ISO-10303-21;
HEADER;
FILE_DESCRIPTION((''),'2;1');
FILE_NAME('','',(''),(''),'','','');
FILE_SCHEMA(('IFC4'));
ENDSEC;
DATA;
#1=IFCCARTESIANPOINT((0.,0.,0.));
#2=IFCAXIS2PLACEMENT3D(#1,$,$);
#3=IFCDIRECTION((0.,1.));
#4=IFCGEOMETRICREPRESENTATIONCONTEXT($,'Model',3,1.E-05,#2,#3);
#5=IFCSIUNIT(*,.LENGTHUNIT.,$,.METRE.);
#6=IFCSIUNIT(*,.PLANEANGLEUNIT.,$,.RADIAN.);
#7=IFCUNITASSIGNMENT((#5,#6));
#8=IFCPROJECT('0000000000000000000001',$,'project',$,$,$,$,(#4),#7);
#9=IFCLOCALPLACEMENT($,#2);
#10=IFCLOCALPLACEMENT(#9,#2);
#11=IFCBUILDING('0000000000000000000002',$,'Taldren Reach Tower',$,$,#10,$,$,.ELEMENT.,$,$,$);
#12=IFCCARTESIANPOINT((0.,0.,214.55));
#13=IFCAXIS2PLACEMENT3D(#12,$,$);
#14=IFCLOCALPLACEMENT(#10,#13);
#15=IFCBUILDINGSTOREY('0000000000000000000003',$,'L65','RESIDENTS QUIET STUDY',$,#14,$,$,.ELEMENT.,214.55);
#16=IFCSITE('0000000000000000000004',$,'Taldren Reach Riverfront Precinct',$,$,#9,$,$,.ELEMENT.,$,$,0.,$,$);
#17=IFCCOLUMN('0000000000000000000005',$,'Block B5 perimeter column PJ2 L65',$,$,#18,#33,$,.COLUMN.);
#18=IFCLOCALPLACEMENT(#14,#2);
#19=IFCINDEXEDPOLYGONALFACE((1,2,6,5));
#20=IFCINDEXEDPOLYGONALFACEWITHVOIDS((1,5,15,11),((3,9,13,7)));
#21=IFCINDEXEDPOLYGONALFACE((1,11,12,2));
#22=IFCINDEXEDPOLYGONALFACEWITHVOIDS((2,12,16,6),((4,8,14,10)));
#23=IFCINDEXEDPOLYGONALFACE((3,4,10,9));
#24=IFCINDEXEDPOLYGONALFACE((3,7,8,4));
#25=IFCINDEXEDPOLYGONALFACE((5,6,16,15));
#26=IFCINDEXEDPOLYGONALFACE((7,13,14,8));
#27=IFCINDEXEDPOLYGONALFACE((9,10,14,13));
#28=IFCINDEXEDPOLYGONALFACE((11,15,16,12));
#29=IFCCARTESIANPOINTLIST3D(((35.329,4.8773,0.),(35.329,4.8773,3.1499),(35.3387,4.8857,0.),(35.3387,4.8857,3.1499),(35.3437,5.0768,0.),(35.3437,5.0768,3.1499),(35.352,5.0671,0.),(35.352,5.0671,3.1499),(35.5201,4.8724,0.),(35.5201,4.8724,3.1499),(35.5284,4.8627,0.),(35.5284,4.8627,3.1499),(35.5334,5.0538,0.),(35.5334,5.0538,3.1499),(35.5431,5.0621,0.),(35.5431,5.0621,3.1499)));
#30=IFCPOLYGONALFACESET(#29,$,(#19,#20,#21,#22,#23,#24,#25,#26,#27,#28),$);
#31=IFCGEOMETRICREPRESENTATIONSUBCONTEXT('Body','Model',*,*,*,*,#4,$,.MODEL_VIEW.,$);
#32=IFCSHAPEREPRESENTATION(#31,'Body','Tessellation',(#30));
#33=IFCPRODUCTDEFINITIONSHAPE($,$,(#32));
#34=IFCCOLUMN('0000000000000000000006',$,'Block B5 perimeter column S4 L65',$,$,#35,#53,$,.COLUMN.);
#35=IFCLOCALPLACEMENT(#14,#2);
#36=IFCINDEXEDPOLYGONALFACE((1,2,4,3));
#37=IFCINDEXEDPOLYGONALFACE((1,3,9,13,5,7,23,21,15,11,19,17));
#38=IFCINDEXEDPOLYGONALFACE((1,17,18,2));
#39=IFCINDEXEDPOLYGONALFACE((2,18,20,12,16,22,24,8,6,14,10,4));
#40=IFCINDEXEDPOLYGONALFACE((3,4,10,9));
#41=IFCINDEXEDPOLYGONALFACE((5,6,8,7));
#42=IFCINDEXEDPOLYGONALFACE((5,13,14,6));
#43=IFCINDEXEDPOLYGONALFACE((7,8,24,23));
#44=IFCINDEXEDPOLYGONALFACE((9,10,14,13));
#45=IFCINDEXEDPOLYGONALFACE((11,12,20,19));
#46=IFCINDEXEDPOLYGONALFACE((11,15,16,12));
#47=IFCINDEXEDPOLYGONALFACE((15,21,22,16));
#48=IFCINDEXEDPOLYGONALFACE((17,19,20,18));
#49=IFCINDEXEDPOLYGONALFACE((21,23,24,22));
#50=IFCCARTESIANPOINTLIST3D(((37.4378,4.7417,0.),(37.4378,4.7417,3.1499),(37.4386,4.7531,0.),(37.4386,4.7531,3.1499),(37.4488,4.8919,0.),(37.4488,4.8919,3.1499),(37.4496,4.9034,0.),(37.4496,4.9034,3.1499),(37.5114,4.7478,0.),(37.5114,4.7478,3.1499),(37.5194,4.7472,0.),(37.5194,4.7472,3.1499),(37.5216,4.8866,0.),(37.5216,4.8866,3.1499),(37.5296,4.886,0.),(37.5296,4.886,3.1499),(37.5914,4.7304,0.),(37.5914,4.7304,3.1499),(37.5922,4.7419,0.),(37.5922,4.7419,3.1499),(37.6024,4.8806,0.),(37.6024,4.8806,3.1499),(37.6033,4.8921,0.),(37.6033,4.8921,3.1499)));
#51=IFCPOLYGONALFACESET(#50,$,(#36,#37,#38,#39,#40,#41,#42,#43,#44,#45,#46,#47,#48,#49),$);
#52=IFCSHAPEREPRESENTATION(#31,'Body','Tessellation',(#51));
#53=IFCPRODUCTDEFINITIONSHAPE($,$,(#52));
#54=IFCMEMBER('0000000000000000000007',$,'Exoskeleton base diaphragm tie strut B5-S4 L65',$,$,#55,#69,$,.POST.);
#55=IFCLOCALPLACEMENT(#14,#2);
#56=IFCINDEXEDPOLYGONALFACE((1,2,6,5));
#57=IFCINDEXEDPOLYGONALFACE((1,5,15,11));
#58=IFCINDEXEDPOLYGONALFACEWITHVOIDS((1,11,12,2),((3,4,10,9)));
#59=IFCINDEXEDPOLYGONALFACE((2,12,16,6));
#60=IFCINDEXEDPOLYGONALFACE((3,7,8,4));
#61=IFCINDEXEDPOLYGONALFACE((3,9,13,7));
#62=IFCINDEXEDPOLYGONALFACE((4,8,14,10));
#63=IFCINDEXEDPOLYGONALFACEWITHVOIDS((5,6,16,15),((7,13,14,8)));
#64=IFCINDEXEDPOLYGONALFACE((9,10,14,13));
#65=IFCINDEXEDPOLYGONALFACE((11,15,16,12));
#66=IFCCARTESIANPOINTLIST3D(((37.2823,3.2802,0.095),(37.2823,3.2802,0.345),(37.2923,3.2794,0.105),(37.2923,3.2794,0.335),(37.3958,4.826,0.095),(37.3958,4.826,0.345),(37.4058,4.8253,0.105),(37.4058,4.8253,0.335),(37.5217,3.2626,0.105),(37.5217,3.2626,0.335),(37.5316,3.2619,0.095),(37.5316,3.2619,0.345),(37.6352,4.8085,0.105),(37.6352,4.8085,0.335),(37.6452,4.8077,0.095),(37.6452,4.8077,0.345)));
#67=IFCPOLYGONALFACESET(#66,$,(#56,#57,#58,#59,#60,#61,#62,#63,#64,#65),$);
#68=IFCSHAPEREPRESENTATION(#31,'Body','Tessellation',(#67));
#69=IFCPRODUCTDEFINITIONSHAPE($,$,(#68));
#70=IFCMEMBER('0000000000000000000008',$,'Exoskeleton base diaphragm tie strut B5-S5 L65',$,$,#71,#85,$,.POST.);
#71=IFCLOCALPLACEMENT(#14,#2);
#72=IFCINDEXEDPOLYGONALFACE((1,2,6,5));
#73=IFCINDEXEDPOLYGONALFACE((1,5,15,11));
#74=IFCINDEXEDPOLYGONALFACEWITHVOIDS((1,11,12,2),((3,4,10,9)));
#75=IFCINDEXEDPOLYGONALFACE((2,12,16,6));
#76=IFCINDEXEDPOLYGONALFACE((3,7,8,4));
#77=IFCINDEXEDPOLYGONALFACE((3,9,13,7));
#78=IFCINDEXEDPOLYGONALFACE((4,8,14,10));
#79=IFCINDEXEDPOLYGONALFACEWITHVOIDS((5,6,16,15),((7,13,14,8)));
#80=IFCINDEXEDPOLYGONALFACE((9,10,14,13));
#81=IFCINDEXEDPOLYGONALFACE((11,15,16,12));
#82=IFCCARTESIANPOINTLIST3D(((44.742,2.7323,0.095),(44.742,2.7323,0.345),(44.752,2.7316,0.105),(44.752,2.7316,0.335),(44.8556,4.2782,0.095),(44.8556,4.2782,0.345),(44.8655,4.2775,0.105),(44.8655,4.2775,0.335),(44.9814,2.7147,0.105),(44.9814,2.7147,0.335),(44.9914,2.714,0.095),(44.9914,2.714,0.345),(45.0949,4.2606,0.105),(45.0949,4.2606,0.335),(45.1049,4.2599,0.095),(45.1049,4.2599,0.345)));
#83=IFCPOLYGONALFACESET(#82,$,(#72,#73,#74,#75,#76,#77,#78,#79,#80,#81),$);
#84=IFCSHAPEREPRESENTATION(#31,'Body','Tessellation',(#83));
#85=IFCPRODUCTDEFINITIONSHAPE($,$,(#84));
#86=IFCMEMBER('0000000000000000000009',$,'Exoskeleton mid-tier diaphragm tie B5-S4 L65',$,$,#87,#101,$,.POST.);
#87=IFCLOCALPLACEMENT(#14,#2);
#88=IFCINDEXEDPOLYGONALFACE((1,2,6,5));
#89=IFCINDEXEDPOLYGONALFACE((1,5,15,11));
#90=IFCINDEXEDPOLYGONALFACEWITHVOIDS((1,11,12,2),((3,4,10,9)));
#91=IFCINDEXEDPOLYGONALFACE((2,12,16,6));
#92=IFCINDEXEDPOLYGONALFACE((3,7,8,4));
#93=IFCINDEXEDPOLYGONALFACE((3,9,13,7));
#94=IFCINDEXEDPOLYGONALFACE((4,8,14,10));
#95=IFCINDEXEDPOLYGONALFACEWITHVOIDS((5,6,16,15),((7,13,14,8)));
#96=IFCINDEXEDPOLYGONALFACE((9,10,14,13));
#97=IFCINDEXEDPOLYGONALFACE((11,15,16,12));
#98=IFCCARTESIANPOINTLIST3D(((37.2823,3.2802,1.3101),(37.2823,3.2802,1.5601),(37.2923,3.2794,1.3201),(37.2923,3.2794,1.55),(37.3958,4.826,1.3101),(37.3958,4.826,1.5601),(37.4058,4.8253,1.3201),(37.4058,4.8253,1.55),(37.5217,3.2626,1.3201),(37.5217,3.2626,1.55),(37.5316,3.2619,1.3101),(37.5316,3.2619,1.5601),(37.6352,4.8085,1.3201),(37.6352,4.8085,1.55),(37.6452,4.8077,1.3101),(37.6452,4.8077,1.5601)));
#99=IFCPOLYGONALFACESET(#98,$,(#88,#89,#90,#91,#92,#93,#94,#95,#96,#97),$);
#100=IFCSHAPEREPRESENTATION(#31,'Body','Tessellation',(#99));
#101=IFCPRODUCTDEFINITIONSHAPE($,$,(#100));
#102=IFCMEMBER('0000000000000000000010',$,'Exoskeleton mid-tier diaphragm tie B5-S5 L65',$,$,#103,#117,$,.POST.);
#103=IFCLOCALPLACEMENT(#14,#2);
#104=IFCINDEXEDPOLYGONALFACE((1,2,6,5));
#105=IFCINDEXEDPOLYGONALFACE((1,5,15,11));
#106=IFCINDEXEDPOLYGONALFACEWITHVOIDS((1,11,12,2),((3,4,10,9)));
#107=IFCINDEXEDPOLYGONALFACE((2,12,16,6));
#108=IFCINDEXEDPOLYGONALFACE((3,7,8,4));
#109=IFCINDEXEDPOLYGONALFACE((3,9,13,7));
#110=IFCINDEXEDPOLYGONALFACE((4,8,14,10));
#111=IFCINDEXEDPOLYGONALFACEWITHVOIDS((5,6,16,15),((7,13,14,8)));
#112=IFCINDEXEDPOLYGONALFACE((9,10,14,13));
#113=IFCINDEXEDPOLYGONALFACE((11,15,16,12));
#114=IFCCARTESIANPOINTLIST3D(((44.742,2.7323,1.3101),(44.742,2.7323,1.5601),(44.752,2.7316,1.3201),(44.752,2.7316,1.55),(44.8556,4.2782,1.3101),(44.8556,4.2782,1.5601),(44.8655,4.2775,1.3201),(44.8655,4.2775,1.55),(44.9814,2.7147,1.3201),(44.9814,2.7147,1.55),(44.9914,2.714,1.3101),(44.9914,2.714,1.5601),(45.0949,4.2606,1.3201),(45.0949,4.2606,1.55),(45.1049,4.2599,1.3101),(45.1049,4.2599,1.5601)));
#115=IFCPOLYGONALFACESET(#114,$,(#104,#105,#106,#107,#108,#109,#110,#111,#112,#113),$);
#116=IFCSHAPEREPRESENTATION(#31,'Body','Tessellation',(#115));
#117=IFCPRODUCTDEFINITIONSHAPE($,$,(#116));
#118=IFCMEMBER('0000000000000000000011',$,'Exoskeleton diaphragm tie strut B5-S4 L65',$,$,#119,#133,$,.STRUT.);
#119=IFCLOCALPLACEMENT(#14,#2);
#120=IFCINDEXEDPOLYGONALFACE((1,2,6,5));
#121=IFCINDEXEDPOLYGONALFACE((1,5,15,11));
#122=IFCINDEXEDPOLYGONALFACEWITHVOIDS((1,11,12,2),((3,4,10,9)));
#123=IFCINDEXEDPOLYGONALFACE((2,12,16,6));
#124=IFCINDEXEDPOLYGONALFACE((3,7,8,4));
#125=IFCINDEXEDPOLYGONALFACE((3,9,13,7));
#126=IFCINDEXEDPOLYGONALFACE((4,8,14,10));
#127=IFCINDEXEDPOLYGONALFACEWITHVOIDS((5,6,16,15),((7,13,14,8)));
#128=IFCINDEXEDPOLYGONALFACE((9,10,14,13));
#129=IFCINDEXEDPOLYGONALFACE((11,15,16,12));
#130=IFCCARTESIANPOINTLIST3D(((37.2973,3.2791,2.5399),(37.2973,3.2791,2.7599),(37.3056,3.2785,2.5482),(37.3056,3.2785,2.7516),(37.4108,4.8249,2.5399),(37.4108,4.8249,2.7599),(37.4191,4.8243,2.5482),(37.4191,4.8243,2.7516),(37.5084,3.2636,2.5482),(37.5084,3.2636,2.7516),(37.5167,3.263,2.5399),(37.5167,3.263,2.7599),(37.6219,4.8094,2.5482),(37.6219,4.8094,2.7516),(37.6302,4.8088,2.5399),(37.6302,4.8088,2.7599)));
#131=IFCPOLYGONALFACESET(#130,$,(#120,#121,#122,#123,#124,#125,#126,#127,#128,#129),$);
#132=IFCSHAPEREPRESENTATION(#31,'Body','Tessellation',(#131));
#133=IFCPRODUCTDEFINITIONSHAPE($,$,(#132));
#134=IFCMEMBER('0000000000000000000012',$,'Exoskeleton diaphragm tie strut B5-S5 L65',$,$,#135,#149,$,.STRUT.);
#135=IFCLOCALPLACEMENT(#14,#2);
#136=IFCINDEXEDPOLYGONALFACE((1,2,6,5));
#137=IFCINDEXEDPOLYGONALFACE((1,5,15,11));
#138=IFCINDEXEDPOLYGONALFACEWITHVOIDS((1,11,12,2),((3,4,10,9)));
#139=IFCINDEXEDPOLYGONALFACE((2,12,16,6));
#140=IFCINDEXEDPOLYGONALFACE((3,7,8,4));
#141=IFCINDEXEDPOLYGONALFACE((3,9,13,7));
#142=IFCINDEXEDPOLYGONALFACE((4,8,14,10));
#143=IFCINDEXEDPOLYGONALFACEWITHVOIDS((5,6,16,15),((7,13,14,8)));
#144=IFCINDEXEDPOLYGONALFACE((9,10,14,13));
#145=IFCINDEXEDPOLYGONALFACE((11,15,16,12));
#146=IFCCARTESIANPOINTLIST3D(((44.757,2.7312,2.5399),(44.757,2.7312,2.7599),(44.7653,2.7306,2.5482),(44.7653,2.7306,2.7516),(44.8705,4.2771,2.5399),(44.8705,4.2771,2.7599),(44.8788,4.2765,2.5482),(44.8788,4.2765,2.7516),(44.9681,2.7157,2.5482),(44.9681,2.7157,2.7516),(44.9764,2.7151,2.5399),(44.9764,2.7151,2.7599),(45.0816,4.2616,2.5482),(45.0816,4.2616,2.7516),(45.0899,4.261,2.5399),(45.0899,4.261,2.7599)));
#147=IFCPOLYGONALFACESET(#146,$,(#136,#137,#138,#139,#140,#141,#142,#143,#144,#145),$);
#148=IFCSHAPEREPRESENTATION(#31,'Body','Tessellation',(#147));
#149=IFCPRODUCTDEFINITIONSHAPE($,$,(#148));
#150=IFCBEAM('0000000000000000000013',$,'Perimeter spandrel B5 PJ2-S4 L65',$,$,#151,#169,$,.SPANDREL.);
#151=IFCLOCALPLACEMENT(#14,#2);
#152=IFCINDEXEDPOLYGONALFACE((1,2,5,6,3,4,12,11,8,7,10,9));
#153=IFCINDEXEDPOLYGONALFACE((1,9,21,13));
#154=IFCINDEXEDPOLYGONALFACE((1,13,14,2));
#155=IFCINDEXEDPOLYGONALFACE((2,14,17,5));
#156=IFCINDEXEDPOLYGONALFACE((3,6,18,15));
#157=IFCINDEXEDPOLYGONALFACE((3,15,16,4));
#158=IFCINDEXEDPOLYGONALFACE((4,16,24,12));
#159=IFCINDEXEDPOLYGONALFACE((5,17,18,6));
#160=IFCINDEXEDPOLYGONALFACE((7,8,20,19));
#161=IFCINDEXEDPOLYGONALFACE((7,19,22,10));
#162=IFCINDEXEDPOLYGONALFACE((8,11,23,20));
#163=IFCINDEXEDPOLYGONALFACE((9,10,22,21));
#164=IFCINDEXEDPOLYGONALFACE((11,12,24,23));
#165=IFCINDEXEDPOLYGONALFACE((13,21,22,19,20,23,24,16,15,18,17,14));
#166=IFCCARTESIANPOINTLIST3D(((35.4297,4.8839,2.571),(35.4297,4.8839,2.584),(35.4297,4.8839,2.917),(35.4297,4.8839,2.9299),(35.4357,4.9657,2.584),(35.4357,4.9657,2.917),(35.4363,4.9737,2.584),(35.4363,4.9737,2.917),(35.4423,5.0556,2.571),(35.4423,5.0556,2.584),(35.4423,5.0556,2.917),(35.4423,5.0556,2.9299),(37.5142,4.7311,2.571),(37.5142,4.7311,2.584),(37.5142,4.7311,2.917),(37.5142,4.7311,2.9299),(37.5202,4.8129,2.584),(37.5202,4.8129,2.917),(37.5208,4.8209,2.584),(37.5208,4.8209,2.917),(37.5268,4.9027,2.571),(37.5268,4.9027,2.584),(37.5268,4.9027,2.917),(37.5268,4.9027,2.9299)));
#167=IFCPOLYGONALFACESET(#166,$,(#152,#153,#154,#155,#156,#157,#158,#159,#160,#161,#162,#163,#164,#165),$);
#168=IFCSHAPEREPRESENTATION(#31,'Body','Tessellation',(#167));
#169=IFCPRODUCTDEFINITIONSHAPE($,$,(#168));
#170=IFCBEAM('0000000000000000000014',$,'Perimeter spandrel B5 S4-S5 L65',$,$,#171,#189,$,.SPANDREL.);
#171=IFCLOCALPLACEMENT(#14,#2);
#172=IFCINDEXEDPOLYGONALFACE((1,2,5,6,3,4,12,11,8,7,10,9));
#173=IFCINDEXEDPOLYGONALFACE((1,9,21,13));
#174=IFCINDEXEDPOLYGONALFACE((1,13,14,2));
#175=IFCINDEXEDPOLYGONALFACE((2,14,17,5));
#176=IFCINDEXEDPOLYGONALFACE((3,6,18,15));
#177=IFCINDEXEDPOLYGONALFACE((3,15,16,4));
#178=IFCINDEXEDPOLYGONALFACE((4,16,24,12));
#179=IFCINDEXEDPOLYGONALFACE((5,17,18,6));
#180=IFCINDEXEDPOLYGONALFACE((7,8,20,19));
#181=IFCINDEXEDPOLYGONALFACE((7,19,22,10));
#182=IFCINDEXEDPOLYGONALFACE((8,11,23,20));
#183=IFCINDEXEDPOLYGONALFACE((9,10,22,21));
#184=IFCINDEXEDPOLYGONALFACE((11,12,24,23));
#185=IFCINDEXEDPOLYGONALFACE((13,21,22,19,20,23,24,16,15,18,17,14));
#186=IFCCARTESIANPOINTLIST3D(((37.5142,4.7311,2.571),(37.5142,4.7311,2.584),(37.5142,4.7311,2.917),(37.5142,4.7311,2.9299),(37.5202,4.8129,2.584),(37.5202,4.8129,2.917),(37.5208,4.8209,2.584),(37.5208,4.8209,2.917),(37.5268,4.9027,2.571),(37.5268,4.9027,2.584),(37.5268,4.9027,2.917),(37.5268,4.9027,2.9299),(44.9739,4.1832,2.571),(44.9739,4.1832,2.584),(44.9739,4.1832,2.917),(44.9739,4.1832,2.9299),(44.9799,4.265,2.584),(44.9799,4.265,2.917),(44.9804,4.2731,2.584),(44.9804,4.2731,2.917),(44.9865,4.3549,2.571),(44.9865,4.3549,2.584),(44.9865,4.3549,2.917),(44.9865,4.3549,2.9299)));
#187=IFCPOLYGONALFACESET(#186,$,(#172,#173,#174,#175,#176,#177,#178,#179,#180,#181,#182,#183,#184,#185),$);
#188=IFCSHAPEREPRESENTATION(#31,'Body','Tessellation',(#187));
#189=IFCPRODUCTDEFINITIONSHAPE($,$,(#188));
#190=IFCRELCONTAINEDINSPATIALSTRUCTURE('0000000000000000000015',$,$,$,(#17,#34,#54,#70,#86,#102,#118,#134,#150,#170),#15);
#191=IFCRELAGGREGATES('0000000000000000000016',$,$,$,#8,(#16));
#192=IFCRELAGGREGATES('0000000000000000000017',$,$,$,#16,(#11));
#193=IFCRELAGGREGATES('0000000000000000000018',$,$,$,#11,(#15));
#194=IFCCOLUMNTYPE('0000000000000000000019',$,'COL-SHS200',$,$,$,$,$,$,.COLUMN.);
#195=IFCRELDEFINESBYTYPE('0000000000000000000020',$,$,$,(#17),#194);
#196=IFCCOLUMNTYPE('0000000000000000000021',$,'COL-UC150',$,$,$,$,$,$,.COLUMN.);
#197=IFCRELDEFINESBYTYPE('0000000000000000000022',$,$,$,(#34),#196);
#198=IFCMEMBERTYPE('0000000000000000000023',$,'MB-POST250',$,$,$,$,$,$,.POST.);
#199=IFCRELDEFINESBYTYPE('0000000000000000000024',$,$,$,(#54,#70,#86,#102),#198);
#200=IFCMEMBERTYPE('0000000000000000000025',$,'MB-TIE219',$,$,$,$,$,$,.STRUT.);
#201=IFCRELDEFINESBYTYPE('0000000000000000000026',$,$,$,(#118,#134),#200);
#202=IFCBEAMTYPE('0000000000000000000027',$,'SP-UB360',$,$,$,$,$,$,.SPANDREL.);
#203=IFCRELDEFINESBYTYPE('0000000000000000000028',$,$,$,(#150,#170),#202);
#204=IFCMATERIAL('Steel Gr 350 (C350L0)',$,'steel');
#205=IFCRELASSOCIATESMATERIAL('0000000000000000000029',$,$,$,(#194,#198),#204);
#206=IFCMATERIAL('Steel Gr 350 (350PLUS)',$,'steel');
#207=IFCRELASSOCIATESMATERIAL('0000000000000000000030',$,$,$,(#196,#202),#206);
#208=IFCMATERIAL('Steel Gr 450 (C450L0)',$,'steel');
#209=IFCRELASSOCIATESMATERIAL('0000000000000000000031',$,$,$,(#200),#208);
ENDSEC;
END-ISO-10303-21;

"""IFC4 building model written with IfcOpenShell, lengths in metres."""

from ifc_helpers import new_model, si_unit, direction, frame, origin, origin_2d, place, context, subcontext, project, spatial, hollow_rectangle, i_section, extrude, source, transform, mapped, material, material_profile, profile_set, type_object, element, save


model = new_model("IFC4")

# Units and contexts
model_context = context("Model", 3, precision=1e-05, world=origin(), true_north=direction((0.0, 1.0)))
body_context = subcontext(model_context, "Body", "Model", "MODEL_VIEW")
ifc_project = project(units=[si_unit("LENGTHUNIT", "METRE"), si_unit("PLANEANGLEUNIT", "RADIAN")], contexts=[model_context])

# Site, building, storey
site_placement = place(None, origin())
site = spatial("IfcSite", under=ifc_project, at=site_placement, Name="Taldren Reach Riverfront Precinct", CompositionType="ELEMENT", RefElevation=0.0)
building_placement = place(site_placement, origin())
building = spatial("IfcBuilding", under=site, at=building_placement, Name="Taldren Reach Tower", CompositionType="ELEMENT")
storey_placement = place(building_placement, frame((0.0, 0.0, 214.55)))
storey = spatial("IfcBuildingStorey", under=building, at=storey_placement, Name="L65", Description="RESIDENTS QUIET STUDY", CompositionType="ELEMENT", Elevation=214.55)

# Columns
ifc_material_1 = material(Name="Steel Gr 350 (C350L0)", Category="steel")
ifc_material_profile_1 = material_profile(ifc_material_1, hollow_rectangle(XDim=0.2, YDim=0.2, WallThickness=0.009, at=origin_2d()), Name="200x200x9.0SHS")
ifc_profile_set_1 = profile_set([ifc_material_profile_1], Name="Steel Gr 350 (C350L0)")
column_type_1 = type_object("IfcColumnType", Name="COL-SHS200", PredefinedType="COLUMN", material=ifc_profile_set_1)
shared_shape_1 = source(origin(), body_context, "Body", "SweptSolid", [
    extrude(hollow_rectangle(XDim=0.2, YDim=0.2, WallThickness=0.009, at=origin_2d()), origin(), (0.0, 0.0, 1.0), 3.1499),
])
column_1_placement = place(storey_placement, frame((35.436, 4.9697, 0.0), z_axis=(0.0, 0.0, 1.0), x_axis=(0.997314, -0.073238, 0.0)))
element("IfcColumn", 1, at=column_1_placement, inside=storey, type_object=column_type_1, Name="Block B5 perimeter column PJ2 L65", PredefinedType="COLUMN", context=body_context, shape_type="MappedRepresentation", body=[
    mapped(shared_shape_1, transform((0.0, 0.0, 0.0), scale=1.0)),
])
ifc_material_2 = material(Name="Steel Gr 350 (350PLUS)", Category="steel")
ifc_material_profile_2 = material_profile(ifc_material_2, i_section(OverallWidth=0.1541, OverallDepth=0.1621, WebThickness=0.0081, FlangeThickness=0.0115, at=origin_2d()), Name="150UC37.2")
ifc_profile_set_2 = profile_set([ifc_material_profile_2], Name="Steel Gr 350 (350PLUS)")
column_type_2 = type_object("IfcColumnType", Name="COL-UC150", PredefinedType="COLUMN", material=ifc_profile_set_2)
shared_shape_2 = source(origin(), body_context, "Body", "SweptSolid", [
    extrude(i_section(OverallWidth=0.1541, OverallDepth=0.1621, WebThickness=0.0081, FlangeThickness=0.0115, at=origin_2d()), origin(), (0.0, 0.0, 1.0), 3.1499),
])
column_2_placement = place(storey_placement, frame((37.5205, 4.8169, 0.0), z_axis=(0.0, 0.0, 1.0), x_axis=(0.997314, -0.073238, 0.0)))
element("IfcColumn", 2, at=column_2_placement, inside=storey, type_object=column_type_2, Name="Block B5 perimeter column S4 L65", PredefinedType="COLUMN", context=body_context, shape_type="MappedRepresentation", body=[
    mapped(shared_shape_2, transform((0.0, 0.0, 0.0), scale=1.0)),
])

# Members
ifc_material_profile_3 = material_profile(ifc_material_1, hollow_rectangle(XDim=0.25, YDim=0.25, WallThickness=0.01, at=origin_2d()), Name="250x250x10.0SHS")
ifc_profile_set_3 = profile_set([ifc_material_profile_3], Name="Steel Gr 350 (C350L0)")
member_type_1 = type_object("IfcMemberType", Name="MB-POST250", PredefinedType="POST", material=ifc_profile_set_3)
shared_shape_3 = source(origin(), body_context, "Body", "SweptSolid", [
    extrude(hollow_rectangle(XDim=0.25, YDim=0.25, WallThickness=0.01, at=origin_2d()), origin(), (0.0, 0.0, 1.0), 1.55),
])
for number, where, z_axis, x_axis, name in (
    (3, (37.5205, 4.8169, 0.22), (-0.073239, -0.997314, 0.0), (0.997314, -0.073239, 0.0), "Exoskeleton base diaphragm tie strut B5-S4 L65"),
    (4, (44.9802, 4.269, 0.22), (-0.073239, -0.997314, 0.0), (0.997314, -0.073239, 0.0), "Exoskeleton base diaphragm tie strut B5-S5 L65"),
    (5, (37.5205, 4.8169, 1.4351), (-0.073239, -0.997314, 0.0), (0.997314, -0.073239, 0.0), "Exoskeleton mid-tier diaphragm tie B5-S4 L65"),
    (6, (44.9802, 4.269, 1.4351), (-0.073239, -0.997314, 0.0), (0.997314, -0.073239, 0.0), "Exoskeleton mid-tier diaphragm tie B5-S5 L65"),
):
    element("IfcMember", number, at=place(storey_placement, frame(where, z_axis=z_axis, x_axis=x_axis)), inside=storey, type_object=member_type_1, Name=name, PredefinedType="POST", context=body_context, shape_type="MappedRepresentation", body=[
        mapped(shared_shape_3, transform((0.0, 0.0, 0.0), scale=1.0)),
    ])
ifc_material_3 = material(Name="Steel Gr 450 (C450L0)", Category="steel")
ifc_material_profile_4 = material_profile(ifc_material_3, hollow_rectangle(XDim=0.22, YDim=0.22, WallThickness=0.0083, at=origin_2d()), Name="220x220x8.2SHS")
ifc_profile_set_4 = profile_set([ifc_material_profile_4], Name="Steel Gr 450 (C450L0)")
member_type_2 = type_object("IfcMemberType", Name="MB-TIE219", PredefinedType="STRUT", material=ifc_profile_set_4)
shared_shape_4 = source(origin(), body_context, "Body", "SweptSolid", [
    extrude(hollow_rectangle(XDim=0.22, YDim=0.22, WallThickness=0.0083, at=origin_2d()), origin(), (0.0, 0.0, 1.0), 1.55),
])
for number, where, z_axis, x_axis, name in (
    (7, (37.5205, 4.8169, 2.6499), (-0.073239, -0.997314, 0.0), (0.997314, -0.073239, 0.0), "Exoskeleton diaphragm tie strut B5-S4 L65"),
    (8, (44.9802, 4.269, 2.6499), (-0.073239, -0.997314, 0.0), (0.997314, -0.073239, 0.0), "Exoskeleton diaphragm tie strut B5-S5 L65"),
):
    element("IfcMember", number, at=place(storey_placement, frame(where, z_axis=z_axis, x_axis=x_axis)), inside=storey, type_object=member_type_2, Name=name, PredefinedType="STRUT", context=body_context, shape_type="MappedRepresentation", body=[
        mapped(shared_shape_4, transform((0.0, 0.0, 0.0), scale=1.0)),
    ])

# Beams
ifc_material_profile_5 = material_profile(ifc_material_2, i_section(OverallWidth=0.1721, OverallDepth=0.3589, WebThickness=0.0081, FlangeThickness=0.0129, at=origin_2d()), Name="360UB56.7")
ifc_profile_set_5 = profile_set([ifc_material_profile_5], Name="Steel Gr 350 (350PLUS)")
beam_type_1 = type_object("IfcBeamType", Name="SP-UB360", PredefinedType="SPANDREL", material=ifc_profile_set_5)
shared_shape_5 = source(origin(), body_context, "Body", "SweptSolid", [
    extrude(i_section(OverallWidth=0.1721, OverallDepth=0.3589, WebThickness=0.0081, FlangeThickness=0.0129, at=origin_2d()), origin(), (0.0, 0.0, 1.0), 2.0901),
])
beam_1_placement = place(storey_placement, frame((35.436, 4.9697, 2.7505), z_axis=(0.997323, -0.073123, 0.0), x_axis=(0.073123, 0.997323, 0.0)))
element("IfcBeam", 9, at=beam_1_placement, inside=storey, type_object=beam_type_1, Name="Perimeter spandrel B5 PJ2-S4 L65", PredefinedType="SPANDREL", context=body_context, shape_type="MappedRepresentation", body=[
    mapped(shared_shape_5, transform((0.0, 0.0, 0.0), scale=1.0)),
])
shared_shape_6 = source(origin(), body_context, "Body", "SweptSolid", [
    extrude(i_section(OverallWidth=0.1721, OverallDepth=0.3589, WebThickness=0.0081, FlangeThickness=0.0129, at=origin_2d()), origin(), (0.0, 0.0, 1.0), 7.4797),
])
beam_2_placement = place(storey_placement, frame((37.5205, 4.8169, 2.7505), z_axis=(0.997314, -0.073244, 0.0), x_axis=(0.073244, 0.997314, 0.0)))
element("IfcBeam", 10, at=beam_2_placement, inside=storey, type_object=beam_type_1, Name="Perimeter spandrel B5 S4-S5 L65", PredefinedType="SPANDREL", context=body_context, shape_type="MappedRepresentation", body=[
    mapped(shared_shape_6, transform((0.0, 0.0, 0.0), scale=1.0)),
])

save(model, "model.ifc")
